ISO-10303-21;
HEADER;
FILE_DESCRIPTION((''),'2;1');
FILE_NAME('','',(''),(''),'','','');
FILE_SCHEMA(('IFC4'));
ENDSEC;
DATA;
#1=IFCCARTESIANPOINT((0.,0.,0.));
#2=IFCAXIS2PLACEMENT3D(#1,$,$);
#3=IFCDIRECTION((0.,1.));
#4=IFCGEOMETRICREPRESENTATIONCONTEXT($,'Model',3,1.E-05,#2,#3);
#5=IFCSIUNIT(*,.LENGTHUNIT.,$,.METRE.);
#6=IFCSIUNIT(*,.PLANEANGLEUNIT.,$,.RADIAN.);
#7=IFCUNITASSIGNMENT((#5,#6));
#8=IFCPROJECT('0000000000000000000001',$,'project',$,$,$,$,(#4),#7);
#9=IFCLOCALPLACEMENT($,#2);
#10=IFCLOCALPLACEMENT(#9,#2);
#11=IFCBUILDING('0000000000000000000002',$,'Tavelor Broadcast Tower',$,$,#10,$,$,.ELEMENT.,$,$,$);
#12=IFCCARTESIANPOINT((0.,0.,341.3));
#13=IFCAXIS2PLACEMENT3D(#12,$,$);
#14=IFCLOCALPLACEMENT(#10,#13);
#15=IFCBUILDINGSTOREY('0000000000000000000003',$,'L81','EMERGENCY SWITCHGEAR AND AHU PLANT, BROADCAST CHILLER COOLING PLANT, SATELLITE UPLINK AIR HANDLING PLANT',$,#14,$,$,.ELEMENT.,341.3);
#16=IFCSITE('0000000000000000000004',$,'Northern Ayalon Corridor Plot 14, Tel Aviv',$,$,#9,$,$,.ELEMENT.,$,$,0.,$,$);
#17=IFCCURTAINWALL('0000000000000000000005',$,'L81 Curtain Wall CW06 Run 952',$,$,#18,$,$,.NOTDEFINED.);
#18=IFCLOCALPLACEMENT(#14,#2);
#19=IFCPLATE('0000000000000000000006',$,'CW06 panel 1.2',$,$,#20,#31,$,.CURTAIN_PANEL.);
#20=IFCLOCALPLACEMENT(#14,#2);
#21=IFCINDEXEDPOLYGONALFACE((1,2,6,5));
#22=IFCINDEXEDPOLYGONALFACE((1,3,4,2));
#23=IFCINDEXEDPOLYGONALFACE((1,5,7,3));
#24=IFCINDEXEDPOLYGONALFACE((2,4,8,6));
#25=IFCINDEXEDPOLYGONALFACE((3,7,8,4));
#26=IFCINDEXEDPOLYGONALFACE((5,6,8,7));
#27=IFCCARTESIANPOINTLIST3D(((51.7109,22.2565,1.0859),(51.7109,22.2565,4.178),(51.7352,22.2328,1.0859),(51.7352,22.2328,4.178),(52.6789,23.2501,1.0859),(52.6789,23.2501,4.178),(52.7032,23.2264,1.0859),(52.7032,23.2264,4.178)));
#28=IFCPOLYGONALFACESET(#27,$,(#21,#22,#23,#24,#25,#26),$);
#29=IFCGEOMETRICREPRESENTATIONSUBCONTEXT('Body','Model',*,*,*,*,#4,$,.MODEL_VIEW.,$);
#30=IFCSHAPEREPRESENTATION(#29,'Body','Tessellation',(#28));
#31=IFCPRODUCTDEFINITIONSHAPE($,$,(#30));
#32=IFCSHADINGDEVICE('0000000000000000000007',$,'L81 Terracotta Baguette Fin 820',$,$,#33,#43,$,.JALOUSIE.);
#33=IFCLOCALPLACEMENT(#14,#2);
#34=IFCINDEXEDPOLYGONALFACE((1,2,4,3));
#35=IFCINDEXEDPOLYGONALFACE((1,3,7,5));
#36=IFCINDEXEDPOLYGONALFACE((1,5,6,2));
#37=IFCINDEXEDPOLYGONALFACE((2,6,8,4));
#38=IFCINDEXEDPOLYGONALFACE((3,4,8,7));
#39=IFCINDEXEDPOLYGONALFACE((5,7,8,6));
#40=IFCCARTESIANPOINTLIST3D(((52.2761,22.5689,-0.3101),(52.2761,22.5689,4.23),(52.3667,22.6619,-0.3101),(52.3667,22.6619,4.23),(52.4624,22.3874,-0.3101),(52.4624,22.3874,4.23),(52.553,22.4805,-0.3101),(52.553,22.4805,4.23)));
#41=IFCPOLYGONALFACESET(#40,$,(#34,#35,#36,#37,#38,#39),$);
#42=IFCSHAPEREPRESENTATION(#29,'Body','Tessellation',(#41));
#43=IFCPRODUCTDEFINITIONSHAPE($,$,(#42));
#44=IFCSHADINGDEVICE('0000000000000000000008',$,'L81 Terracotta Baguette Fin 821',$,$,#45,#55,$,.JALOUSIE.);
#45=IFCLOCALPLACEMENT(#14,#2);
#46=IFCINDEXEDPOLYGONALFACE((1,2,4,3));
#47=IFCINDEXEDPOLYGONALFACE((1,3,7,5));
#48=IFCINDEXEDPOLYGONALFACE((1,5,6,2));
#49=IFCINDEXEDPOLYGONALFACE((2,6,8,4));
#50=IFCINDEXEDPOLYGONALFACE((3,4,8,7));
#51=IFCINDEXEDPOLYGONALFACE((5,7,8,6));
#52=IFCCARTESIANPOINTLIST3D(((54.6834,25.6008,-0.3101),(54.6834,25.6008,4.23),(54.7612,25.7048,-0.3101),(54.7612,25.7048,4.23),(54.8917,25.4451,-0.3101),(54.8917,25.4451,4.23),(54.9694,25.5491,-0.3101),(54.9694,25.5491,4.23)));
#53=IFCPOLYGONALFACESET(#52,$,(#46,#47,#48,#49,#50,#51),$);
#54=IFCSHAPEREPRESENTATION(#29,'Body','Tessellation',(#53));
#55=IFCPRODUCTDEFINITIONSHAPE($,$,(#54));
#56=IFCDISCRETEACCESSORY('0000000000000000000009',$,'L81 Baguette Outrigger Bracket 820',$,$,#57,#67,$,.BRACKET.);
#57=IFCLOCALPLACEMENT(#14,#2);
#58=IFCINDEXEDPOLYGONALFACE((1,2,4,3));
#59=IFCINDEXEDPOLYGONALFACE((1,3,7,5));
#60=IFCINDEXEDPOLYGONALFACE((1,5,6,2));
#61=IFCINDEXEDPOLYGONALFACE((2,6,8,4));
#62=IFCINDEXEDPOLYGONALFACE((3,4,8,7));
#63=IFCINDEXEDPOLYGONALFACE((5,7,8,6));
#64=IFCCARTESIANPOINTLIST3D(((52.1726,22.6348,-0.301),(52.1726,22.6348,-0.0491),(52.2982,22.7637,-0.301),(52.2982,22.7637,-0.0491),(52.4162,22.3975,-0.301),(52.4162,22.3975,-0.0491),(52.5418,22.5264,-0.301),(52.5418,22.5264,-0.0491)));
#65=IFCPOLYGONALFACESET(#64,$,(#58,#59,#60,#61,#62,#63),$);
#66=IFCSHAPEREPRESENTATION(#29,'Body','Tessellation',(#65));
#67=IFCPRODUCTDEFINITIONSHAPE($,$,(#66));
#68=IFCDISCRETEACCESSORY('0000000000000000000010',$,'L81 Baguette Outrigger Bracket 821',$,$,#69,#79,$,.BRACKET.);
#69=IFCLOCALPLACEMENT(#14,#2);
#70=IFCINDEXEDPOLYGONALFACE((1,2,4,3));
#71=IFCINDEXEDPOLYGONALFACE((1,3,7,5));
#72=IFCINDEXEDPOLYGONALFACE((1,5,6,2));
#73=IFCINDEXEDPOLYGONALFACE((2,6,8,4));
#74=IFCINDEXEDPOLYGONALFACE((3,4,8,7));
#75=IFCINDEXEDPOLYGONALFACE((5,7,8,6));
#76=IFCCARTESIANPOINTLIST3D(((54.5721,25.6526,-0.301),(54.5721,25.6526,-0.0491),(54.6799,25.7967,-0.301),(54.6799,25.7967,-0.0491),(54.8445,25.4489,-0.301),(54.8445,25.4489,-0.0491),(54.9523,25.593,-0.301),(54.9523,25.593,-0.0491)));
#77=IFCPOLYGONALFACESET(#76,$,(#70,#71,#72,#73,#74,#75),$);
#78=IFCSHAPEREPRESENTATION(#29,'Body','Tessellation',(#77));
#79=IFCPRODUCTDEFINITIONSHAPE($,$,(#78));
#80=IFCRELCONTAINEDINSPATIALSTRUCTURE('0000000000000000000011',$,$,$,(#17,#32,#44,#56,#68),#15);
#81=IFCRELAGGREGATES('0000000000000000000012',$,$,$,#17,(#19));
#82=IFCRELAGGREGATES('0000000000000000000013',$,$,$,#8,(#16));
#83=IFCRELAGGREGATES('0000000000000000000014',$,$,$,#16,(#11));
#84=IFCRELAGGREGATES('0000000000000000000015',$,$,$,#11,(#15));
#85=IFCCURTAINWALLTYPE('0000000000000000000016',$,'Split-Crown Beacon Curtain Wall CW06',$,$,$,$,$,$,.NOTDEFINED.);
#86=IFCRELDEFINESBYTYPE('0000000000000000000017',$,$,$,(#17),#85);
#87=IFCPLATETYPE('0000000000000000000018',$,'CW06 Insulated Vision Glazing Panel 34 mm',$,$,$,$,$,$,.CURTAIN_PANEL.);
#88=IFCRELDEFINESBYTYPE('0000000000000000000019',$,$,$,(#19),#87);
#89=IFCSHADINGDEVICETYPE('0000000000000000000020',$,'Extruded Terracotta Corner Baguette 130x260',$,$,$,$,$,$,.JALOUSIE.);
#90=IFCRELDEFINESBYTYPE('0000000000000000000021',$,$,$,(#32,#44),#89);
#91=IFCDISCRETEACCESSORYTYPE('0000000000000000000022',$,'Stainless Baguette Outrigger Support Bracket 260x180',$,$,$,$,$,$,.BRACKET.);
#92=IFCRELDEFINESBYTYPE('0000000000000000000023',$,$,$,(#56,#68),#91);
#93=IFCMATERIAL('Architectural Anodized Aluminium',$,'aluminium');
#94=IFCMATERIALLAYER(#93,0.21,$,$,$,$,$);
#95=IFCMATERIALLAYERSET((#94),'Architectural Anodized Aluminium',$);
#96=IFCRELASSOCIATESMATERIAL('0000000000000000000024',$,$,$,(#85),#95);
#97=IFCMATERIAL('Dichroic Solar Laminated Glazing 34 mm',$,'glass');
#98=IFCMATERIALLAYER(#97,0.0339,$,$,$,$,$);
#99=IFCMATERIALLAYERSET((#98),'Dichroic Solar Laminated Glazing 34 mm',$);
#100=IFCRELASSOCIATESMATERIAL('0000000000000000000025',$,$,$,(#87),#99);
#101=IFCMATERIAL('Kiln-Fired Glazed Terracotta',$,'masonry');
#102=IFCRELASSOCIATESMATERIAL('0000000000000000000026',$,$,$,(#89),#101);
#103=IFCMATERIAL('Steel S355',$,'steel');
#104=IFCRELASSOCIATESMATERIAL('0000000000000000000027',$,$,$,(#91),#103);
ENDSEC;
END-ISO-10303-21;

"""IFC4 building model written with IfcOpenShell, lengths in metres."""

from ifc_helpers import new_model, si_unit, direction, frame, origin, origin_2d, place, context, subcontext, project, spatial, rectangle, extrude, source, transform, mapped, material, layer, layer_set, type_object, type_shapes, element, aggregate, save


model = new_model("IFC4")

# Units and contexts
model_context = context("Model", 3, precision=1e-05, world=origin(), true_north=direction((0.0, 1.0)))
body_context = subcontext(model_context, "Body", "Model", "MODEL_VIEW")
ifc_project = project(units=[si_unit("LENGTHUNIT", "METRE"), si_unit("PLANEANGLEUNIT", "RADIAN")], contexts=[model_context])

# Site, building, storey
site_placement = place(None, origin())
site = spatial("IfcSite", under=ifc_project, at=site_placement, Name="Northern Ayalon Corridor Plot 14, Tel Aviv", CompositionType="ELEMENT", RefElevation=0.0)
building_placement = place(site_placement, origin())
building = spatial("IfcBuilding", under=site, at=building_placement, Name="Tavelor Broadcast Tower", CompositionType="ELEMENT")
storey_placement = place(building_placement, frame((0.0, 0.0, 341.3)))
storey = spatial("IfcBuildingStorey", under=building, at=storey_placement, Name="L81", Description="EMERGENCY SWITCHGEAR AND AHU PLANT, BROADCAST CHILLER COOLING PLANT, SATELLITE UPLINK AIR HANDLING PLANT", CompositionType="ELEMENT", Elevation=341.3)

# Shared definitions
ifc_material_1 = material(Name="Steel S355", Category="steel")

# Curtain wall
ifc_material_2 = material(Name="Architectural Anodized Aluminium", Category="aluminium")
ifc_layer_1 = layer(ifc_material_2, 0.21)
ifc_layer_set_1 = layer_set([ifc_layer_1], Name="Architectural Anodized Aluminium")
curtain_wall_type = type_object("IfcCurtainWallType", Name="Split-Crown Beacon Curtain Wall CW06", PredefinedType="NOTDEFINED", material=ifc_layer_set_1)
curtain_wall_1_placement = place(storey_placement, origin())
curtain_wall_1 = element("IfcCurtainWall", 1, at=curtain_wall_1_placement, inside=storey, type_object=curtain_wall_type, Name="L81 Curtain Wall CW06 Run 952", PredefinedType="NOTDEFINED")

# Plate
ifc_material_3 = material(Name="Dichroic Solar Laminated Glazing 34 mm", Category="glass")
ifc_layer_2 = layer(ifc_material_3, 0.0339)
ifc_layer_set_2 = layer_set([ifc_layer_2], Name="Dichroic Solar Laminated Glazing 34 mm")
plate_type_1 = type_object("IfcPlateType", Name="CW06 Insulated Vision Glazing Panel 34 mm", PredefinedType="CURTAIN_PANEL", material=ifc_layer_set_2)
shared_shape_1 = source(origin(), body_context, "Body", "SweptSolid", [
    extrude(rectangle(XDim=1.3872, YDim=0.0339, at=origin_2d()), origin(), (0.0, 0.0, 1.0), 3.092),
])
plate_1_placement = place(storey_placement, frame((52.207, 22.7415, 1.0859), z_axis=(0.0, 0.0, 1.0), x_axis=(0.697805, 0.716287, 0.0)))
plate_1 = element("IfcPlate", 2, at=plate_1_placement, type_object=plate_type_1, Name="CW06 panel 1.2", PredefinedType="CURTAIN_PANEL", context=body_context, shape_type="MappedRepresentation", body=[
    mapped(shared_shape_1, transform((0.0, 0.0, 0.0), scale=1.0)),
])
aggregate(curtain_wall_1, [plate_1])

# Shading devices
ifc_material_4 = material(Name="Kiln-Fired Glazed Terracotta", Category="masonry")
shading_device_type = type_object("IfcShadingDeviceType", Name="Extruded Terracotta Corner Baguette 130x260", PredefinedType="JALOUSIE", material=ifc_material_4)
shared_shape_2 = source(origin(), body_context, "Body", "SweptSolid", [
    extrude(rectangle(XDim=0.1299, YDim=0.26, at=origin_2d()), origin(), (0.0, 0.0, 1.0), 4.54),
])
type_shapes(shading_device_type, [shared_shape_2])
for number, where, z_axis, x_axis, name in (
    (3, (52.4146, 22.5247, -0.3101), (0.0, 0.0, 1.0), (0.69779, 0.716302, 0.0), "L81 Terracotta Baguette Fin 820"),
    (4, (54.8264, 25.575, -0.3101), (0.0, 0.0, 1.0), (0.598744, 0.80094, 0.0), "L81 Terracotta Baguette Fin 821"),
):
    element("IfcShadingDevice", number, at=place(storey_placement, frame(where, z_axis=z_axis, x_axis=x_axis)), inside=storey, type_object=shading_device_type, Name=name, PredefinedType="JALOUSIE", context=body_context, shape_type="MappedRepresentation", body=[
        mapped(shared_shape_2, transform((0.0, 0.0, 0.0), scale=1.0)),
    ])

# Discrete accessories
discrete_accessory_type = type_object("IfcDiscreteAccessoryType", Name="Stainless Baguette Outrigger Support Bracket 260x180", PredefinedType="BRACKET", material=ifc_material_1)
shared_shape_3 = source(origin(), body_context, "Body", "SweptSolid", [
    extrude(rectangle(XDim=0.1799, YDim=0.3401, at=origin_2d()), origin(), (0.0, 0.0, 1.0), 0.252),
])
type_shapes(discrete_accessory_type, [shared_shape_3])
for number, where, z_axis, x_axis, name in (
    (5, (52.3572, 22.5806, -0.301), (0.0, 0.0, 1.0), (0.69779, 0.716302, 0.0), "L81 Baguette Outrigger Bracket 820"),
    (6, (54.7622, 25.6228, -0.301), (0.0, 0.0, 1.0), (0.598744, 0.80094, 0.0), "L81 Baguette Outrigger Bracket 821"),
):
    element("IfcDiscreteAccessory", number, at=place(storey_placement, frame(where, z_axis=z_axis, x_axis=x_axis)), inside=storey, type_object=discrete_accessory_type, Name=name, PredefinedType="BRACKET", context=body_context, shape_type="MappedRepresentation", body=[
        mapped(shared_shape_3, transform((0.0, 0.0, 0.0), scale=1.0)),
    ])

save(model, "model.ifc")
